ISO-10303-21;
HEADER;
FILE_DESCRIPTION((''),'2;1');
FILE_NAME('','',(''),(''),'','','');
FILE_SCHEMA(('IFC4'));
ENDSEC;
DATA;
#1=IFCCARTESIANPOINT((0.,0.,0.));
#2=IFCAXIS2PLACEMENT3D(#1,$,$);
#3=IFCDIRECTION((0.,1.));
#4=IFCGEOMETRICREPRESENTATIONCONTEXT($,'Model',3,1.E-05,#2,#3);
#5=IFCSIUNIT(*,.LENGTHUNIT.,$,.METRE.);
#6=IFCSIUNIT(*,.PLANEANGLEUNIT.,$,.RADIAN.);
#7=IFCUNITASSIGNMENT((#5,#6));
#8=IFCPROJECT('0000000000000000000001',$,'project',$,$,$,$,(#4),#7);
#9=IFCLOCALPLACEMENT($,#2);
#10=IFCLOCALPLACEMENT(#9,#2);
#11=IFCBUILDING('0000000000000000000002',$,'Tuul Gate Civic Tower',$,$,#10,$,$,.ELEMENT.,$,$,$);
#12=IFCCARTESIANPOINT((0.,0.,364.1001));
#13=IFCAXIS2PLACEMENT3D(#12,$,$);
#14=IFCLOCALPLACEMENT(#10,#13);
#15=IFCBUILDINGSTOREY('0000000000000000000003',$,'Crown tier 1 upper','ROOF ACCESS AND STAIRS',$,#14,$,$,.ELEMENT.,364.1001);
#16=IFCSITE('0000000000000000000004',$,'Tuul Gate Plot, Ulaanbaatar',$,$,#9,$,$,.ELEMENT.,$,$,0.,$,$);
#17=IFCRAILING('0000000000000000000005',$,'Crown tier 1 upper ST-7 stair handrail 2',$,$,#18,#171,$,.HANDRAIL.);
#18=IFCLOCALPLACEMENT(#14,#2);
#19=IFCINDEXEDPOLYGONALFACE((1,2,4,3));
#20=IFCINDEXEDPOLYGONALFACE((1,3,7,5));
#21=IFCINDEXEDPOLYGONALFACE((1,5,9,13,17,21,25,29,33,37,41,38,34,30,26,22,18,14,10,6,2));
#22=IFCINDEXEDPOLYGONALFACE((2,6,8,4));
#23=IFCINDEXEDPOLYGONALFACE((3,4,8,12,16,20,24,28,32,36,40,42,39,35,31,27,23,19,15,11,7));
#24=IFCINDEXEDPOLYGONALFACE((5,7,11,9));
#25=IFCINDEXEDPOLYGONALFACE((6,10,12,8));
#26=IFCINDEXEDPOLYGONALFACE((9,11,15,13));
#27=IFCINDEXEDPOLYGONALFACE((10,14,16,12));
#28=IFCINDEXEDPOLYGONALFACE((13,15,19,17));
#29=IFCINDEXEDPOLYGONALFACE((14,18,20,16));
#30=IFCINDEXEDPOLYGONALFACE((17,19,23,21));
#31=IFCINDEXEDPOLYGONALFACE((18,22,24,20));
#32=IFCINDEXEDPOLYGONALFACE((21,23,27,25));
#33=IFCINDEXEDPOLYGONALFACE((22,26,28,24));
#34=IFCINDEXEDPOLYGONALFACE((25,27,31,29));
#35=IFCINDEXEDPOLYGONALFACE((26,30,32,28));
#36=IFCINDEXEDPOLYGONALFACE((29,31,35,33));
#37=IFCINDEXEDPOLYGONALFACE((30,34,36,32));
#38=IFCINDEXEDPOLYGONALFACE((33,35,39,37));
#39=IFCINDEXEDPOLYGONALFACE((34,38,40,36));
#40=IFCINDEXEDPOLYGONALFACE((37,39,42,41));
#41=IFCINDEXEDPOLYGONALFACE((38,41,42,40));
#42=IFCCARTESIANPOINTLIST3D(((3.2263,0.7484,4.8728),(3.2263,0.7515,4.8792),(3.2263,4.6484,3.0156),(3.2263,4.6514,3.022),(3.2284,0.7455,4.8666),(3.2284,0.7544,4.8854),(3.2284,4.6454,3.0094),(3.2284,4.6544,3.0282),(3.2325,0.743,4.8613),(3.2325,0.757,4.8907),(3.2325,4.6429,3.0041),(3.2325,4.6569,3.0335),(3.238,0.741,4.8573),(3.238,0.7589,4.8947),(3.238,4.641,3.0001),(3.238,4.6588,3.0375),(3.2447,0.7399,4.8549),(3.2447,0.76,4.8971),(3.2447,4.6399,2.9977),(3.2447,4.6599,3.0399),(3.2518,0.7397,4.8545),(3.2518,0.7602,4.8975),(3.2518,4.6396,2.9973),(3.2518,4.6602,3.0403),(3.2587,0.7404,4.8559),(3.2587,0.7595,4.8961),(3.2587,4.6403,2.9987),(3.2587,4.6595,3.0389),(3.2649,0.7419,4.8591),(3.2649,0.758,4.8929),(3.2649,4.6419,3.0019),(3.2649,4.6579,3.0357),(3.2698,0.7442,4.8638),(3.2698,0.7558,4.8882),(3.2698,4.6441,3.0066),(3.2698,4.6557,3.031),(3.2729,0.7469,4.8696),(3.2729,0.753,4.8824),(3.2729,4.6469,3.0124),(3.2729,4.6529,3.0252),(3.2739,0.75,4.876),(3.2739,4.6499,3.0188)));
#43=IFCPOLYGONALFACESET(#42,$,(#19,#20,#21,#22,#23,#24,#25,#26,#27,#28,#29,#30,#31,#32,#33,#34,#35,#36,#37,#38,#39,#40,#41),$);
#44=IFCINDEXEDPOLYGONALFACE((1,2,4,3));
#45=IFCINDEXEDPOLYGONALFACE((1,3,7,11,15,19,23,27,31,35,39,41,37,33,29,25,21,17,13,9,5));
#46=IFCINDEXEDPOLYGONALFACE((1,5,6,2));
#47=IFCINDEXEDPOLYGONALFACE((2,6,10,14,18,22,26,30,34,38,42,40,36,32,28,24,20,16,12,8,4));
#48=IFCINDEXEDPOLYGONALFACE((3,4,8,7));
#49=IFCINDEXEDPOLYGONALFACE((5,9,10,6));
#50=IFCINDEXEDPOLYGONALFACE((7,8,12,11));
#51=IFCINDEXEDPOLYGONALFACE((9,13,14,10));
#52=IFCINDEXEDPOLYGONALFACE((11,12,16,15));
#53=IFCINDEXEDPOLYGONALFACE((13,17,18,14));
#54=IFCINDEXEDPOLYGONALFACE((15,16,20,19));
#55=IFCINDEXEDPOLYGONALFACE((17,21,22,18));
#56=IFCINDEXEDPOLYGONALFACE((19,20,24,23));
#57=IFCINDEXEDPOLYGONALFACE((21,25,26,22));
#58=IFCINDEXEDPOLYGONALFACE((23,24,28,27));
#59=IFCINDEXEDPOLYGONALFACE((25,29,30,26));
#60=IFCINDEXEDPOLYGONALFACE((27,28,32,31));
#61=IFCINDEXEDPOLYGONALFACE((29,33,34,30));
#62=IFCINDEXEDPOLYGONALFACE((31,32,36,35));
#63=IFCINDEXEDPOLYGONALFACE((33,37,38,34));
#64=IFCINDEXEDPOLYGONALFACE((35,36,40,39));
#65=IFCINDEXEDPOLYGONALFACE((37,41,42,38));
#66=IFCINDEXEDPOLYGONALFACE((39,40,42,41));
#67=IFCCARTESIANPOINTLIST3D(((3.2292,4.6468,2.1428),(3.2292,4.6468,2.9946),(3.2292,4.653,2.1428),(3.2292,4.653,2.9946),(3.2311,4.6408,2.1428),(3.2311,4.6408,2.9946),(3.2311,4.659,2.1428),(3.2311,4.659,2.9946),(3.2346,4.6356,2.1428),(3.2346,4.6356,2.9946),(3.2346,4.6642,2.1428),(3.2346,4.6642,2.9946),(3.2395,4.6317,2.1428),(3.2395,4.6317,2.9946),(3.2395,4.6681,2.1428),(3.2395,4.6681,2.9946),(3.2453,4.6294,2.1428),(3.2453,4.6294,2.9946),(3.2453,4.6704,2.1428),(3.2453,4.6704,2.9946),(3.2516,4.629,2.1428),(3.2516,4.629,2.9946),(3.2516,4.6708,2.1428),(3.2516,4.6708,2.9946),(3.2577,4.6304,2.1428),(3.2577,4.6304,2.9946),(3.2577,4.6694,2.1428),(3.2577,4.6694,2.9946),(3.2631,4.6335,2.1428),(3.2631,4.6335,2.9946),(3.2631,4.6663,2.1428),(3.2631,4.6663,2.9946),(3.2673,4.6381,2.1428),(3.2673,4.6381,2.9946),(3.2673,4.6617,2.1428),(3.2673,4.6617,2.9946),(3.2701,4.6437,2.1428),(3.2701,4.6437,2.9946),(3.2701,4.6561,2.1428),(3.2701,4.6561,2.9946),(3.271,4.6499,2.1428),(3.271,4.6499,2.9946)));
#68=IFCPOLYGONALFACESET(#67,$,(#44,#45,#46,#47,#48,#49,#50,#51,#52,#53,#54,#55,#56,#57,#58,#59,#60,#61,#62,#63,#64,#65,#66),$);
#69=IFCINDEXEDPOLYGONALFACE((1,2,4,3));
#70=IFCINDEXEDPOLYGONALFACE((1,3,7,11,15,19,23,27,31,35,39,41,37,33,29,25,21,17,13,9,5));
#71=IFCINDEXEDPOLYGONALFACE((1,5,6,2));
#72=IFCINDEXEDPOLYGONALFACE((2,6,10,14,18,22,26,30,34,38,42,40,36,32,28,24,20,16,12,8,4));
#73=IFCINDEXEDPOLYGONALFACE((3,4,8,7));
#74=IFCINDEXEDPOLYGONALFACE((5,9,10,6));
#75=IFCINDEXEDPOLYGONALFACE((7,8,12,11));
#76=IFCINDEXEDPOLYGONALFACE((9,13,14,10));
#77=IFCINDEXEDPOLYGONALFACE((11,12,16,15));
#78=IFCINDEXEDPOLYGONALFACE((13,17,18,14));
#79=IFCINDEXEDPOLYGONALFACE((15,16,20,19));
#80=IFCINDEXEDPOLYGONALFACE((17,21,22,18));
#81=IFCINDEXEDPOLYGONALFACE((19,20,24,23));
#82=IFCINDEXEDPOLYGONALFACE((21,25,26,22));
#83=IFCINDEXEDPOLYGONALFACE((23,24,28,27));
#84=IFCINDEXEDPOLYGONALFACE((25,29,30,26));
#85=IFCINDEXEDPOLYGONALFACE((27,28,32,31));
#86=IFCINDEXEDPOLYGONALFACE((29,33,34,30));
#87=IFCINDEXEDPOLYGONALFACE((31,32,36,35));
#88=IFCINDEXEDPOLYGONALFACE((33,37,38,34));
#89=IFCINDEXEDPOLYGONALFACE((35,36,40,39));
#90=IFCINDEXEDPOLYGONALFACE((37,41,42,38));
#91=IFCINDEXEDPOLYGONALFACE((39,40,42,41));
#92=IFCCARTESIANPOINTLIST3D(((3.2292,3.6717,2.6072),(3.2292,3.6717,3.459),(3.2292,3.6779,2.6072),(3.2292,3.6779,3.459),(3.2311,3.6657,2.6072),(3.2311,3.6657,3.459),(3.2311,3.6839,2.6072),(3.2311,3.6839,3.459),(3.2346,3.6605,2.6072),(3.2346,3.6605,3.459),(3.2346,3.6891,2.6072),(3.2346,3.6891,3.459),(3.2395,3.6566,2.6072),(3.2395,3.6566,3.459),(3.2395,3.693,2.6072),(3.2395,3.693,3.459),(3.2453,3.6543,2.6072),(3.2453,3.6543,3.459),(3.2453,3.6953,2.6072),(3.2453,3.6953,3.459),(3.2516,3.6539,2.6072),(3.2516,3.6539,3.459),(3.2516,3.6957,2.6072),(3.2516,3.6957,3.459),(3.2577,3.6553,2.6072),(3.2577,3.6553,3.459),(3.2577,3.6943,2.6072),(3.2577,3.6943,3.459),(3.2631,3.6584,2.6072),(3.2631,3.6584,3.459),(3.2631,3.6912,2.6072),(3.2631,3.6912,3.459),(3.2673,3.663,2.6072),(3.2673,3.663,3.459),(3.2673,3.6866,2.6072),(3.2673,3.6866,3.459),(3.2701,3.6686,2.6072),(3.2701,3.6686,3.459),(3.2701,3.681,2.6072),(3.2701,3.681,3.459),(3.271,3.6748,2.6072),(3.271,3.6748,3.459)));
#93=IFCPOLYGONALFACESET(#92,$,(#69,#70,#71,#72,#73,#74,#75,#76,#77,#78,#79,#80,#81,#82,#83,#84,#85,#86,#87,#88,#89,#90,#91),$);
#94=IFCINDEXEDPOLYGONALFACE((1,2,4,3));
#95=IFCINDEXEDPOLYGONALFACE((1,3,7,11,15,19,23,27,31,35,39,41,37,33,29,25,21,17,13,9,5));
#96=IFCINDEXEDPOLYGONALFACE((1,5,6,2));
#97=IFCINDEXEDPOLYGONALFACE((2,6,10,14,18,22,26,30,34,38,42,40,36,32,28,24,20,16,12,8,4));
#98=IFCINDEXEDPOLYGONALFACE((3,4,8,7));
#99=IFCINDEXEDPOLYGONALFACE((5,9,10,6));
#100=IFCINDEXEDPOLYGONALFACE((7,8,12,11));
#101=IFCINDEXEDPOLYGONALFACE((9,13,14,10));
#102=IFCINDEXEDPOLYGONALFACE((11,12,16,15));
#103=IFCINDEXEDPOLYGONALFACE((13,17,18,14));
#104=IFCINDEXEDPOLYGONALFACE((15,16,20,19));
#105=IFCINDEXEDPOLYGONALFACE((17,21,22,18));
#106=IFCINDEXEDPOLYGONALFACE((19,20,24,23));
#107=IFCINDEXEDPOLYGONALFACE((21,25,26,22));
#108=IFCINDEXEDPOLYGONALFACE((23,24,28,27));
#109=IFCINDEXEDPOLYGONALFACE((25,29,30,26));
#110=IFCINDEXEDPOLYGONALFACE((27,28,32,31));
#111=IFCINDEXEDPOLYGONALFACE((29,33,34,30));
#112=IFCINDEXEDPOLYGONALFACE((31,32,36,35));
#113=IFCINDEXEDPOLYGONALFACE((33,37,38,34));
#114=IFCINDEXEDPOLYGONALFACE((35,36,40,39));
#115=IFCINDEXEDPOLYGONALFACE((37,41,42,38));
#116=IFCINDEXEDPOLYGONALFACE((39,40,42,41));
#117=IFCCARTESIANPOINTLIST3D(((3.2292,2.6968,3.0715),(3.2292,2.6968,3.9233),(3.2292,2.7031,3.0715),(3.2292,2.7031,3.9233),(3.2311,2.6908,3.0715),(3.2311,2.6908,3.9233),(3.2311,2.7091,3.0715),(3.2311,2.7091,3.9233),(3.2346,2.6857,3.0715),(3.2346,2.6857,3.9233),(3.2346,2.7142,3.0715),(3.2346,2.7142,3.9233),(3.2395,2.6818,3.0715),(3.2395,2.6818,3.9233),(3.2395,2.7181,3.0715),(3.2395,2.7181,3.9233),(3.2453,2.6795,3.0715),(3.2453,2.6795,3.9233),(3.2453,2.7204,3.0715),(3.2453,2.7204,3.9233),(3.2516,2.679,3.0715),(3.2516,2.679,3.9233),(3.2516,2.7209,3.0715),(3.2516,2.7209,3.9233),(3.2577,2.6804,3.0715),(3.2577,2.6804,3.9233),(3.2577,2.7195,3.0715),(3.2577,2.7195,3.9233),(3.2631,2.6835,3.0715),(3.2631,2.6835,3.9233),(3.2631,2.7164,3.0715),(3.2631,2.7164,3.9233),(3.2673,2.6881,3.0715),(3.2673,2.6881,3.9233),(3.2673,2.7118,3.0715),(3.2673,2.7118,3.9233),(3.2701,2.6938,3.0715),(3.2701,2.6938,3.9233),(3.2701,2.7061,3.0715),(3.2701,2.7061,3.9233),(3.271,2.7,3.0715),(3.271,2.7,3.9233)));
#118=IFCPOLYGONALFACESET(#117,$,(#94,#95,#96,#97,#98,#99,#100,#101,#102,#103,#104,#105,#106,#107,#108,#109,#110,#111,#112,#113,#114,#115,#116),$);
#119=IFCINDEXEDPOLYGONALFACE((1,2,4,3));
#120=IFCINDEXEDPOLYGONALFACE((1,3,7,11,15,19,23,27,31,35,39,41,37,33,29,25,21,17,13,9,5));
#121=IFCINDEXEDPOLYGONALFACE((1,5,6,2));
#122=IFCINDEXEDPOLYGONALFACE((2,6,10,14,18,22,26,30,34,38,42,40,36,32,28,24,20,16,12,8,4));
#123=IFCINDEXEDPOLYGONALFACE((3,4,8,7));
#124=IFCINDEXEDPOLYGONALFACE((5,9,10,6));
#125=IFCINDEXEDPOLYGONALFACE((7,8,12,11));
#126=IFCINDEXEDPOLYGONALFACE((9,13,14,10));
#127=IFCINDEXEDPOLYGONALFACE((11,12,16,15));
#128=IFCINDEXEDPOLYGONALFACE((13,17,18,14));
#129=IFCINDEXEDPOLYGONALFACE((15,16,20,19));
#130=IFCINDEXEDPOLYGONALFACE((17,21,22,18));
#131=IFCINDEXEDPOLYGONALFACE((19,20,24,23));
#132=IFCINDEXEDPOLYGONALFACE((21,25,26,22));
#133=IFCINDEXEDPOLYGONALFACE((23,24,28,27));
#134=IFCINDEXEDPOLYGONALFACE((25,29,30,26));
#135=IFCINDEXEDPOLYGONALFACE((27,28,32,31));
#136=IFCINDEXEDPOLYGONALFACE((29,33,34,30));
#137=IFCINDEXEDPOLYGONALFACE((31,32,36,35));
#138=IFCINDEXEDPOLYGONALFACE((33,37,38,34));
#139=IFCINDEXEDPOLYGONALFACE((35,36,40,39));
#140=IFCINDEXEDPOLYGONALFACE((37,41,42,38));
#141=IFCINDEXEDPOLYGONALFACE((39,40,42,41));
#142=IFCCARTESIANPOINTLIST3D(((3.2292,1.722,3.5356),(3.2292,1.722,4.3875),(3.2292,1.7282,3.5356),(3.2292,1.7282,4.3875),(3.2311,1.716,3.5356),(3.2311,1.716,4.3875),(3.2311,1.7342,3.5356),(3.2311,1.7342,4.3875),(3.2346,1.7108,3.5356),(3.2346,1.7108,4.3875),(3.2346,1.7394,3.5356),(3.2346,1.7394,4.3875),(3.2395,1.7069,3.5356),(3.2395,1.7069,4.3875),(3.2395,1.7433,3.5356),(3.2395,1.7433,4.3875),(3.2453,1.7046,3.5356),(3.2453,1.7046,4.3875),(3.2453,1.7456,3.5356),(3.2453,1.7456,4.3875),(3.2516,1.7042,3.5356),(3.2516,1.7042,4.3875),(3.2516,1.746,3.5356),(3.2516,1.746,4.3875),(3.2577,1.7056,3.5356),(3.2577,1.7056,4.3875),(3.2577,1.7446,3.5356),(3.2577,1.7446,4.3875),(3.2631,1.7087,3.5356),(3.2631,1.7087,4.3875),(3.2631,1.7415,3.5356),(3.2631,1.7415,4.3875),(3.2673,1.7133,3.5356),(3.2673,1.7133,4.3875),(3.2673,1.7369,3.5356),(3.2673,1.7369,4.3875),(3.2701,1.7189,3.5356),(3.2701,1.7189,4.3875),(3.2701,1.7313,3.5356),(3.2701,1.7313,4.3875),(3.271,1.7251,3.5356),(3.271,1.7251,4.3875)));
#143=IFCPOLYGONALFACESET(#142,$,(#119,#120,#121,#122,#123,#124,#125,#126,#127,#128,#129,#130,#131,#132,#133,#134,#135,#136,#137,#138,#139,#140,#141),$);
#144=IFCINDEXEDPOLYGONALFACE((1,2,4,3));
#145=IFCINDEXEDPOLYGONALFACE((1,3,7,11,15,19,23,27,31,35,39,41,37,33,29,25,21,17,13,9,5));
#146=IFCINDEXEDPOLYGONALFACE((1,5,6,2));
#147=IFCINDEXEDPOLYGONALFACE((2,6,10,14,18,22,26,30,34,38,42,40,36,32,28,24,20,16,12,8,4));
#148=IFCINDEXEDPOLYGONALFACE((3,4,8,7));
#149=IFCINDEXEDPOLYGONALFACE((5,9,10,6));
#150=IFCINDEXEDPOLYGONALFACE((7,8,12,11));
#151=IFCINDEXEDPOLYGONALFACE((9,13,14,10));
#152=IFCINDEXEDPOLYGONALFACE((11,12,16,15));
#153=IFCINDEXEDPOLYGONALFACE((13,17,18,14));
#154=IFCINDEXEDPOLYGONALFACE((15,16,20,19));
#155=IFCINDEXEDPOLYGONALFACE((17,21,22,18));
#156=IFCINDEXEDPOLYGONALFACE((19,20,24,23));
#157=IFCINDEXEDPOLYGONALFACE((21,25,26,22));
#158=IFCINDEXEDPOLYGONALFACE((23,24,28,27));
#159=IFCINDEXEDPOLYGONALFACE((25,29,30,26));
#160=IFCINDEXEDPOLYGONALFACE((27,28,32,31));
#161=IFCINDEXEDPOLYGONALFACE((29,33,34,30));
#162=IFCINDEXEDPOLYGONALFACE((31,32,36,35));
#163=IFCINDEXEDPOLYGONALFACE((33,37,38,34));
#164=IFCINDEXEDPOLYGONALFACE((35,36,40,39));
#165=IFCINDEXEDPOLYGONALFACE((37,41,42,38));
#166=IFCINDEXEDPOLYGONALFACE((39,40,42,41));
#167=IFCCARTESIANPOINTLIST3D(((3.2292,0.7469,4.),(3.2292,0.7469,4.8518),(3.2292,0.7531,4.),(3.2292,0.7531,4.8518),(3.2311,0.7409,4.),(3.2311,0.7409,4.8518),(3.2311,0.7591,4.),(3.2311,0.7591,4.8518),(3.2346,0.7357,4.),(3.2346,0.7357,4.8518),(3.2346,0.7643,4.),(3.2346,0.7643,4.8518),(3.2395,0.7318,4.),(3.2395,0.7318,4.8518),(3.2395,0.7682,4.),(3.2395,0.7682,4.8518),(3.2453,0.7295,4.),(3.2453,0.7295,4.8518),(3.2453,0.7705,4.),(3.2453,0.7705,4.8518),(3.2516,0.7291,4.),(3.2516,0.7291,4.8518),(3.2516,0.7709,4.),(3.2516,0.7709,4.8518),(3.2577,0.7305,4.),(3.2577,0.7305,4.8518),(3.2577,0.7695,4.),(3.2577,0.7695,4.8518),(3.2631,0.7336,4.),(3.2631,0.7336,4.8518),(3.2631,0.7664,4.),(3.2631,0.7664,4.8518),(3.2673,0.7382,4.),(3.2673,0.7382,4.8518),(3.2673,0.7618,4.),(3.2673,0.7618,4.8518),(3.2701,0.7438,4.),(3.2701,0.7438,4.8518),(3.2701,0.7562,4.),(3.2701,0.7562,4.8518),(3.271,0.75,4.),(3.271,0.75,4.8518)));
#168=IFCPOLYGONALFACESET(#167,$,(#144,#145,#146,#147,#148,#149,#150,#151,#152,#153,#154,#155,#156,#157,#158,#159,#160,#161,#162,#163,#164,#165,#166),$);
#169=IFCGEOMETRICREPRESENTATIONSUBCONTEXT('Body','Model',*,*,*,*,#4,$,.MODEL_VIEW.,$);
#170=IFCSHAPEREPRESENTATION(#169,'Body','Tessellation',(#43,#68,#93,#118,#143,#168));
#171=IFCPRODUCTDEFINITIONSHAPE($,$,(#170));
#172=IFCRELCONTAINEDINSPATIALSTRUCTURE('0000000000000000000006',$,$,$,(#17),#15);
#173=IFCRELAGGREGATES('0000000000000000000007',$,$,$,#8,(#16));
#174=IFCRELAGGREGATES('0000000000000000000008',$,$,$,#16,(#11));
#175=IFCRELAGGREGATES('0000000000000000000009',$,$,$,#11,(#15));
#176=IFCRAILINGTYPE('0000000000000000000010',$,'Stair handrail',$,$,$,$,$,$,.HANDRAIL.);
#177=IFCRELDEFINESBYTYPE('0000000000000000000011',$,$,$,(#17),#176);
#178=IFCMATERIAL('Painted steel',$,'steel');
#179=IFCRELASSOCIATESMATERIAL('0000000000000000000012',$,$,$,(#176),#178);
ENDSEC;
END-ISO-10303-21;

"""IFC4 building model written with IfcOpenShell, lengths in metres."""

from ifc_helpers import new_model, si_unit, direction, frame, origin, origin_2d, place, context, subcontext, project, spatial, circle, extrude, material, type_object, element, save


model = new_model("IFC4")

# Units and contexts
model_context = context("Model", 3, precision=1e-05, world=origin(), true_north=direction((0.0, 1.0)))
body_context = subcontext(model_context, "Body", "Model", "MODEL_VIEW")
ifc_project = project(units=[si_unit("LENGTHUNIT", "METRE"), si_unit("PLANEANGLEUNIT", "RADIAN")], contexts=[model_context])

# Site, building, storey
site_placement = place(None, origin())
site = spatial("IfcSite", under=ifc_project, at=site_placement, Name="Tuul Gate Plot, Ulaanbaatar", CompositionType="ELEMENT", RefElevation=0.0)
building_placement = place(site_placement, origin())
building = spatial("IfcBuilding", under=site, at=building_placement, Name="Tuul Gate Civic Tower", CompositionType="ELEMENT")
storey_placement = place(building_placement, frame((0.0, 0.0, 364.1001)))
storey = spatial("IfcBuildingStorey", under=building, at=storey_placement, Name="Crown tier 1 upper", Description="ROOF ACCESS AND STAIRS", CompositionType="ELEMENT", Elevation=364.1001)

# Railing
ifc_material_1 = material(Name="Painted steel", Category="steel")
railing_type_1 = type_object("IfcRailingType", Name="Stair handrail", PredefinedType="HANDRAIL", material=ifc_material_1)
railing_1_placement = place(storey_placement, frame((3.25, 4.6499, 2.1428)))
element("IfcRailing", 1, at=railing_1_placement, inside=storey, type_object=railing_type_1, Name="Crown tier 1 upper ST-7 stair handrail 2", PredefinedType="HANDRAIL", context=body_context, shape_type="SweptSolid", body=[
    extrude(circle(Radius=0.0239, at=origin_2d()), frame((0.0, 0.0, 0.876), z_axis=(0.0, -0.902853, 0.429949), x_axis=(1.0, 0.0, 0.0)), (0.0, 0.0, 1.0), 4.3196),
    extrude(circle(Radius=0.021, at=origin_2d()), origin(), (0.0, 0.0, 1.0), 0.8518),
    extrude(circle(Radius=0.021, at=origin_2d()), frame((0.0, -0.9751, 0.4644)), (0.0, 0.0, 1.0), 0.8518),
    extrude(circle(Radius=0.021, at=origin_2d()), frame((0.0, -1.95, 0.9287)), (0.0, 0.0, 1.0), 0.8518),
    extrude(circle(Radius=0.021, at=origin_2d()), frame((0.0, -2.9248, 1.3928)), (0.0, 0.0, 1.0), 0.8518),
    extrude(circle(Radius=0.021, at=origin_2d()), frame((0.0, -3.8999, 1.8572)), (0.0, 0.0, 1.0), 0.8518),
])

save(model, "model.ifc")
